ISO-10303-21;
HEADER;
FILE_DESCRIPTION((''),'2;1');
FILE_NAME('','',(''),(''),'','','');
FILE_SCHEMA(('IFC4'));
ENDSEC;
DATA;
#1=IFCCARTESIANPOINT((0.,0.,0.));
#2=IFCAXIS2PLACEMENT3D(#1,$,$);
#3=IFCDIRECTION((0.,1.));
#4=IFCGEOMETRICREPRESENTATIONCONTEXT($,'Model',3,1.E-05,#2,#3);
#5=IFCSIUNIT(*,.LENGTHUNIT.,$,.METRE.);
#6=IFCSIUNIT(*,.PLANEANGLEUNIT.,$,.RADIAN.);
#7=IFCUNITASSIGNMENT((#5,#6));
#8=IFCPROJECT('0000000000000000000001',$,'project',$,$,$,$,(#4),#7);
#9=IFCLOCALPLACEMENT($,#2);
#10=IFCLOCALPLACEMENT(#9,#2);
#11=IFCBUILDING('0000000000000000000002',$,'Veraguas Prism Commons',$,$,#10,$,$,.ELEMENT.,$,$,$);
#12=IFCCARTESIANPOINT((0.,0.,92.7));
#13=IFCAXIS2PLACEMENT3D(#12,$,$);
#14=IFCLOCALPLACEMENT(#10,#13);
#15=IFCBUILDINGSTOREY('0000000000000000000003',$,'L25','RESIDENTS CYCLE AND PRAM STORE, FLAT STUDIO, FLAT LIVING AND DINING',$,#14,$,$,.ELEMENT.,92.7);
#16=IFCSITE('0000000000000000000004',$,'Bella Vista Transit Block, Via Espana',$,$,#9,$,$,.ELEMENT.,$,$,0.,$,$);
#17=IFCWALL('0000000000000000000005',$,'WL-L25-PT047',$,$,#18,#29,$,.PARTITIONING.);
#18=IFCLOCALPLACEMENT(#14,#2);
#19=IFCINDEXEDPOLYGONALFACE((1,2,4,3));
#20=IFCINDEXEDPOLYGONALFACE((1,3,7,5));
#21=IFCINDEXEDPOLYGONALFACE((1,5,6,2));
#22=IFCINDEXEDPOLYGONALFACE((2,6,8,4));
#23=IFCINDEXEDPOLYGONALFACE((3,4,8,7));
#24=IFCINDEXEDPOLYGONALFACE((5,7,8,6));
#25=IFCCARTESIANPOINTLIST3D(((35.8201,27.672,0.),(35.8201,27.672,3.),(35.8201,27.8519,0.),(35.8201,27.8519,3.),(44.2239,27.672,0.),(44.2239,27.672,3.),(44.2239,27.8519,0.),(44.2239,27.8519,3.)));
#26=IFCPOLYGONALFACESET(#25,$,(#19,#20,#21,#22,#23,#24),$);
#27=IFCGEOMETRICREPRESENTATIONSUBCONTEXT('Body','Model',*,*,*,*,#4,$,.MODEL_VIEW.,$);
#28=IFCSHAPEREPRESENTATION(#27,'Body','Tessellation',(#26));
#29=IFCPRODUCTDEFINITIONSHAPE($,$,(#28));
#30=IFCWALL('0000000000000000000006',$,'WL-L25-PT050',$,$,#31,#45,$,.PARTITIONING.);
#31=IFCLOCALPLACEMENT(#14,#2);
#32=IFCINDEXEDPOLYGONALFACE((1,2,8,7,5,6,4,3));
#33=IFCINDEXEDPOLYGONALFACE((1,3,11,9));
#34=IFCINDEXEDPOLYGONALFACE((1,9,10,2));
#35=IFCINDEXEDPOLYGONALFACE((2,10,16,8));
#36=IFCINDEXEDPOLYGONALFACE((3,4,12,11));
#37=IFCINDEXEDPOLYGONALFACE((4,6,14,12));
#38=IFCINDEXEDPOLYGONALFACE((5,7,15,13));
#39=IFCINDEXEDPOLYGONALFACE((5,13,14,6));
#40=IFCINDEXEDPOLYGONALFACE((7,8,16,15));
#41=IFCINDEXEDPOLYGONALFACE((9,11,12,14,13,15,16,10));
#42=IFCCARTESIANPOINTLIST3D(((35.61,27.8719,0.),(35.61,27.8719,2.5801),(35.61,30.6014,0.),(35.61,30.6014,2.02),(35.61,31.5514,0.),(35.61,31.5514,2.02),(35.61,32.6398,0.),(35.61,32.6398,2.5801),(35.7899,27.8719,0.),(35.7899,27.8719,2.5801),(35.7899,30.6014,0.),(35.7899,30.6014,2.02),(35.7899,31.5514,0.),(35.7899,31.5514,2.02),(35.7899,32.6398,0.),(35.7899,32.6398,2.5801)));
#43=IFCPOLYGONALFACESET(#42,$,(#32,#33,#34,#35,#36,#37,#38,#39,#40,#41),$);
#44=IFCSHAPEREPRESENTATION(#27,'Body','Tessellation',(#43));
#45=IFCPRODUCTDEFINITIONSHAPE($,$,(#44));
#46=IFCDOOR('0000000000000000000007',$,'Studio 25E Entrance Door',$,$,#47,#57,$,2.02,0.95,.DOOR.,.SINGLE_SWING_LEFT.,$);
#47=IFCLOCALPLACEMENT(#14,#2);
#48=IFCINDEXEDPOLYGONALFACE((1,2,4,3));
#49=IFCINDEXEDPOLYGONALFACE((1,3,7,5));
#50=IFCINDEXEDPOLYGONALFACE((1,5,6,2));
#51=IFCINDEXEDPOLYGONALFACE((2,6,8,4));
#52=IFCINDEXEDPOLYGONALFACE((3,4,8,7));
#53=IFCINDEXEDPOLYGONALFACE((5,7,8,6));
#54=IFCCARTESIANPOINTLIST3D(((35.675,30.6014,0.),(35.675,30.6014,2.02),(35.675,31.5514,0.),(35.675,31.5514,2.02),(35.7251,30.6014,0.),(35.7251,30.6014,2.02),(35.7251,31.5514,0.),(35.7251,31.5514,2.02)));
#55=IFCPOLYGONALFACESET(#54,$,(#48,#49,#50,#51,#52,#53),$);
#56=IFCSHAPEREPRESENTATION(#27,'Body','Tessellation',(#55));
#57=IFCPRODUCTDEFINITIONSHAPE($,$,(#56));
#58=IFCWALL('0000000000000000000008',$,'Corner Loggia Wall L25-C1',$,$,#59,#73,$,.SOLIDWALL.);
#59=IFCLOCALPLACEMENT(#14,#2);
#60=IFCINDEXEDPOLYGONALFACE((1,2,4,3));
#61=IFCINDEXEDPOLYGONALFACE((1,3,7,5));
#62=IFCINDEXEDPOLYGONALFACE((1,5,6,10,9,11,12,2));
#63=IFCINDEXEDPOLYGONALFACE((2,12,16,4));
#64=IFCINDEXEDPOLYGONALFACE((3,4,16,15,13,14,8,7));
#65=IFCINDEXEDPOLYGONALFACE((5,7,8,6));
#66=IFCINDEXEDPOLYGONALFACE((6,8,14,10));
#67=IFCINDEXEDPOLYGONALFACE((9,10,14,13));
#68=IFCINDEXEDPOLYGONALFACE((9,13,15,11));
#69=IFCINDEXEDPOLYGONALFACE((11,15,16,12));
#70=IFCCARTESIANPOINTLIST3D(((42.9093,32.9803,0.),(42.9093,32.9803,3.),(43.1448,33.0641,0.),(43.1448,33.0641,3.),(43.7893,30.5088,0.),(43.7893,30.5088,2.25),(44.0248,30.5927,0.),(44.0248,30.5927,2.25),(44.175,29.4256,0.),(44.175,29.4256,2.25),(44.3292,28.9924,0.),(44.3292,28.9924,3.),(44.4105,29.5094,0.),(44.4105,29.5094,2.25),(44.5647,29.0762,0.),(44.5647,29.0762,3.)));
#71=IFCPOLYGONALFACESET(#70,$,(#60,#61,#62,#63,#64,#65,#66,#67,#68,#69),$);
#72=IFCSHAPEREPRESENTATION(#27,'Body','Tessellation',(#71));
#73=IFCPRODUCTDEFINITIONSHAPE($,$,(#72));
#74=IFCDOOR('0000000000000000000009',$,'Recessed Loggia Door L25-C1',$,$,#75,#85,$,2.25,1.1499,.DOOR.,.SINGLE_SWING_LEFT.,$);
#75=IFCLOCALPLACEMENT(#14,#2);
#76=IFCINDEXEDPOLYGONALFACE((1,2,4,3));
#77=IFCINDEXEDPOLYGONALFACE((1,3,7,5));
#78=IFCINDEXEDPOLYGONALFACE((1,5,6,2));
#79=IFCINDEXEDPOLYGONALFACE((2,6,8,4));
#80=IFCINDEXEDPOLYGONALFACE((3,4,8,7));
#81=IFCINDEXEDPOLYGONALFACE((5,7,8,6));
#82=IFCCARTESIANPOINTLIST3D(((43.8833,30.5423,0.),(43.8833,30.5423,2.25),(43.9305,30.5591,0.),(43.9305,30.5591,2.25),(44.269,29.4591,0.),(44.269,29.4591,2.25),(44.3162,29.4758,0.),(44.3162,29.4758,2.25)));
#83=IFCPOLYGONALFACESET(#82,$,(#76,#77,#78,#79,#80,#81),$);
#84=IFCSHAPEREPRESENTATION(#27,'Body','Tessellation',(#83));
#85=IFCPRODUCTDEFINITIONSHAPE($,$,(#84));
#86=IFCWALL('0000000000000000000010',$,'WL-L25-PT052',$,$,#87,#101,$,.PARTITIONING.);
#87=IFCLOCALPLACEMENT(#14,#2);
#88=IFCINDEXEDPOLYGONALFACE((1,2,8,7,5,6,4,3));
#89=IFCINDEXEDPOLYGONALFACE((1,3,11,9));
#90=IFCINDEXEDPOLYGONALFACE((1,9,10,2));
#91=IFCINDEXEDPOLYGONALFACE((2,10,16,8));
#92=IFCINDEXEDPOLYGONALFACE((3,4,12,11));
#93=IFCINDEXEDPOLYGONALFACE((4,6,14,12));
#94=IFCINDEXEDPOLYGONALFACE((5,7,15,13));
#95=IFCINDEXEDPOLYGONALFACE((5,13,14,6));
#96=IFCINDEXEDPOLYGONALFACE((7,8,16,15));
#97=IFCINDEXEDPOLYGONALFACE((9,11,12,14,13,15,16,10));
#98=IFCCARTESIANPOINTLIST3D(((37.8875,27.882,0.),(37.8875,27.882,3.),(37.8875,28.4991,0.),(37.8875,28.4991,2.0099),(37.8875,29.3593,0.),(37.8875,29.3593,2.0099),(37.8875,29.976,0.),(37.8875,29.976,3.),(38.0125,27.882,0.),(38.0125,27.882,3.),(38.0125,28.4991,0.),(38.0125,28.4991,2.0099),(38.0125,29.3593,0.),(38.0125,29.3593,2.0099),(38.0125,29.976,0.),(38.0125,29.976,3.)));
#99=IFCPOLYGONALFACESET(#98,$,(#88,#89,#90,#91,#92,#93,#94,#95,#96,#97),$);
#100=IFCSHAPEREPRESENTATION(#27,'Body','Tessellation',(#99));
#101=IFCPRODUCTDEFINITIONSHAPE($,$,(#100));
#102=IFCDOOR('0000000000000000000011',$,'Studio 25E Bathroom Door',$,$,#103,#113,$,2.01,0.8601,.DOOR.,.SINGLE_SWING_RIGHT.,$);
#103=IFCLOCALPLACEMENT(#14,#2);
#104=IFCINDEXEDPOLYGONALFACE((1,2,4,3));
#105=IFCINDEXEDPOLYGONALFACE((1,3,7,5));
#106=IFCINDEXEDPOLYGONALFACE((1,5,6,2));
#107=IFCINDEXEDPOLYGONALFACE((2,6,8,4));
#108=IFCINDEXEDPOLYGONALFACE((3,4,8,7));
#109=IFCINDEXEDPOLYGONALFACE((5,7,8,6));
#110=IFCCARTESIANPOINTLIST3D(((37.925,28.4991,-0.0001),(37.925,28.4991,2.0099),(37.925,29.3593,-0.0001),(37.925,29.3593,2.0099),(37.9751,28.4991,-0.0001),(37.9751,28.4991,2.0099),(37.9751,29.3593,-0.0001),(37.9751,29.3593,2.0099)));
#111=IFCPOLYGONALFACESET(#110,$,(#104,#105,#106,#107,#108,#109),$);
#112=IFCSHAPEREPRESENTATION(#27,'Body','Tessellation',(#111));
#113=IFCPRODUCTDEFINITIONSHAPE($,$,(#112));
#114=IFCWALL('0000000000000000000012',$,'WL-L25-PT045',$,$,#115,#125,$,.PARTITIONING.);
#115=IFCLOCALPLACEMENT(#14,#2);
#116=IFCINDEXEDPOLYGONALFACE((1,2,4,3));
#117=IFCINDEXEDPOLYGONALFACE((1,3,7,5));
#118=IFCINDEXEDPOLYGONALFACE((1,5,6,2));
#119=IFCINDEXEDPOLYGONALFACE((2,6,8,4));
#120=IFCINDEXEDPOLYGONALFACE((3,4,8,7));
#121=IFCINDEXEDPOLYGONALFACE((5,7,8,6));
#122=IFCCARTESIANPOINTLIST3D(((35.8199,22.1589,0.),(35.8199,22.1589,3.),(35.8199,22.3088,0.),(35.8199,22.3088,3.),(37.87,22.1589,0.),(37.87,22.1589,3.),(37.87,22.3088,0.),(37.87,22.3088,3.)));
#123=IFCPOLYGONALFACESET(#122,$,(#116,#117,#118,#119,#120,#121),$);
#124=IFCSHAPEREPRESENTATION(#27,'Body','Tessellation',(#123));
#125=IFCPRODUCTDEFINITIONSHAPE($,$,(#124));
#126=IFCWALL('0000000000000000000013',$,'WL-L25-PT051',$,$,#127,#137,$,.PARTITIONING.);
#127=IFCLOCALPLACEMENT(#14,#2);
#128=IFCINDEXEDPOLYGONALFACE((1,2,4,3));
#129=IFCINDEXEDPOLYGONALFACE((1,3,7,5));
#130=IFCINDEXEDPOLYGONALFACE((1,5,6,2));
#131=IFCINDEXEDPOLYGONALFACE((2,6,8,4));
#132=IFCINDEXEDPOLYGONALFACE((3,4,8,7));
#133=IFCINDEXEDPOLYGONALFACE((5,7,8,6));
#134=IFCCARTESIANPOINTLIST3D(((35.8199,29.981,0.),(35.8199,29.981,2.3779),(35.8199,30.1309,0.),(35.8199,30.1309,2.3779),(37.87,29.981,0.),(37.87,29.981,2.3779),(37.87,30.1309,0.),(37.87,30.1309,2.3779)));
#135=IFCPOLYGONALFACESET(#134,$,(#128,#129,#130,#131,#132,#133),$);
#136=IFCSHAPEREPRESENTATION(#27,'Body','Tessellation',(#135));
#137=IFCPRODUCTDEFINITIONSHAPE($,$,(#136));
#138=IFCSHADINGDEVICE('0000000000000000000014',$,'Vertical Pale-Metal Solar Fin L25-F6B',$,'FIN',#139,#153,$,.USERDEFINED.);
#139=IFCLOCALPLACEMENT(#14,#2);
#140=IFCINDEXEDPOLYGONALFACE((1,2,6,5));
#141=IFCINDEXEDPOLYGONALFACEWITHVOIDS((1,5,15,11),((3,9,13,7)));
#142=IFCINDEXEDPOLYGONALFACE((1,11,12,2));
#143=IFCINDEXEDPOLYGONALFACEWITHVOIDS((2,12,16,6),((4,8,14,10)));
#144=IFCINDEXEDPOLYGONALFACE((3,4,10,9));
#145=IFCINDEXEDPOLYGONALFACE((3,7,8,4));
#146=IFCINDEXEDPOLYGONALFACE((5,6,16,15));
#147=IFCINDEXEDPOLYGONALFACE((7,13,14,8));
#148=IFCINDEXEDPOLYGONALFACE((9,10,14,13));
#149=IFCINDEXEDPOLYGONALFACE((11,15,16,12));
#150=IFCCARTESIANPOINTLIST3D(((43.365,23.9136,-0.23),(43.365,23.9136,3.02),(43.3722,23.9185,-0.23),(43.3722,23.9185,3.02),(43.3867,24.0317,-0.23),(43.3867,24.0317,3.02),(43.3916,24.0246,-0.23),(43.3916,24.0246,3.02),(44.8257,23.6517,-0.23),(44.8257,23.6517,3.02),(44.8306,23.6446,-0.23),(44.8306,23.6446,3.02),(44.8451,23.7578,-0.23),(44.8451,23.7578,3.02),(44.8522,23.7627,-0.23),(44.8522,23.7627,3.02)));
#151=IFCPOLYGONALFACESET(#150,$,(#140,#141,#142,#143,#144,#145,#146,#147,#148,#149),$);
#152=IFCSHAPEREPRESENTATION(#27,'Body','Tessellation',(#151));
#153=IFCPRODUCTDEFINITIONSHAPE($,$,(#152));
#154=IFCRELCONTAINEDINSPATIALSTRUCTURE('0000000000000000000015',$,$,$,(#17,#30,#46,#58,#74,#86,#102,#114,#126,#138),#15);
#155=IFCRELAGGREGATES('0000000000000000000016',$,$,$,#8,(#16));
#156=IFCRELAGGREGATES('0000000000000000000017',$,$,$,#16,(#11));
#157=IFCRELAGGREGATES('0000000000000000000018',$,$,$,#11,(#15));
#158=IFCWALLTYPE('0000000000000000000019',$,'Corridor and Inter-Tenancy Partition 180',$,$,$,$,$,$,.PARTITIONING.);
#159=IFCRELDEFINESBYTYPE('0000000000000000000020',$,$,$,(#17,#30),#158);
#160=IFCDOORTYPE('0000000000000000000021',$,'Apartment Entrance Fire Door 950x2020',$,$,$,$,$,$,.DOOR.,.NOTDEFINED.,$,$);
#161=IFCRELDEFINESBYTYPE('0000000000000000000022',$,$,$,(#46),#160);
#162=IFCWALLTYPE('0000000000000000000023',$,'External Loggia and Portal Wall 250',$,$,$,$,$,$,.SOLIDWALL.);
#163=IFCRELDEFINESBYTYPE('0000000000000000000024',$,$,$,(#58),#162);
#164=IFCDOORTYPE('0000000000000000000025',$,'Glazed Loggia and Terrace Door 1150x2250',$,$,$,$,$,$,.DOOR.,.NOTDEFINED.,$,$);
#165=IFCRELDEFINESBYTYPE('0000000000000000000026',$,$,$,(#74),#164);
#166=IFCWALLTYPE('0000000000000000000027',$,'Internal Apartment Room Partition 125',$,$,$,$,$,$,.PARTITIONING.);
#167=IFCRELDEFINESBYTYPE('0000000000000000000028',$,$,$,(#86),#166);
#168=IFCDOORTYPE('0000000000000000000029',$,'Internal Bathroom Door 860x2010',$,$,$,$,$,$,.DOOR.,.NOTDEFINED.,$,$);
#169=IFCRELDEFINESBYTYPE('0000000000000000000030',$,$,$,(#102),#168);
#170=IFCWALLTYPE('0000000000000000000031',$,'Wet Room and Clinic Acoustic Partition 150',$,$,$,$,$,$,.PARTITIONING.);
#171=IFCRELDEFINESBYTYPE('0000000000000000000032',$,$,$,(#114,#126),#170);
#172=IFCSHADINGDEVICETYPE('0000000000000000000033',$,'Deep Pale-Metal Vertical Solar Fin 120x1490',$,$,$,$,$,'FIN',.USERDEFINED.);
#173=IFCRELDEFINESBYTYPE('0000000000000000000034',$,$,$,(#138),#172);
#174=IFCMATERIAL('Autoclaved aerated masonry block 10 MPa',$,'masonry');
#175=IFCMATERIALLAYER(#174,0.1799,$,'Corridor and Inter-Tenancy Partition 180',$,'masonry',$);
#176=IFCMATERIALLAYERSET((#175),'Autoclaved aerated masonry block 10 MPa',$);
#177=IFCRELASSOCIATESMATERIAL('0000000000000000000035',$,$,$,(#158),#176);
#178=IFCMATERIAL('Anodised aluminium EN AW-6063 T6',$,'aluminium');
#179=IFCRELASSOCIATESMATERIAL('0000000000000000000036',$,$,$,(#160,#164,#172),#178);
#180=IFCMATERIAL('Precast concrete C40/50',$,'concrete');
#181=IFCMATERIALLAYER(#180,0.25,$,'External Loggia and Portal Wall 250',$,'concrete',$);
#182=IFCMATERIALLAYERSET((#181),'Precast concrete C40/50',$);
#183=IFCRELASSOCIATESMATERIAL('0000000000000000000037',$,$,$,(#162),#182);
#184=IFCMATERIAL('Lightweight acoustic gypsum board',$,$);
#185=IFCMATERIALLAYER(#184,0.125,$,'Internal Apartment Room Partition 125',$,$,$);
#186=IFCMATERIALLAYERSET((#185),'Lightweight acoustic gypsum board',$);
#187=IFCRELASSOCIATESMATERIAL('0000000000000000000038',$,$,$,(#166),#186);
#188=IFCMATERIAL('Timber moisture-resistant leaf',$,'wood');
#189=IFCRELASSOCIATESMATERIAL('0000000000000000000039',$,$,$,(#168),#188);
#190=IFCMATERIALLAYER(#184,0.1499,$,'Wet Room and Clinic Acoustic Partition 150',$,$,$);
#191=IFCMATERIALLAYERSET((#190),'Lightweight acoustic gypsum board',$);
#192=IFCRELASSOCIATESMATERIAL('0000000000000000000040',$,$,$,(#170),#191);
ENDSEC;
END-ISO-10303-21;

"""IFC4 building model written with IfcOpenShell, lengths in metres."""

from ifc_helpers import new_model, si_unit, direction, frame, frame_2d, origin, origin_2d, place, context, subcontext, project, spatial, rectangle, hollow_rectangle, extrude, source, transform, mapped, material, layer, layer_set, material_profile, profile_set, type_object, element, fill, save


model = new_model("IFC4")

# Units and contexts
model_context = context("Model", 3, precision=1e-05, world=origin(), true_north=direction((0.0, 1.0)))
body_context = subcontext(model_context, "Body", "Model", "MODEL_VIEW")
ifc_project = project(units=[si_unit("LENGTHUNIT", "METRE"), si_unit("PLANEANGLEUNIT", "RADIAN")], contexts=[model_context])

# Site, building, storey
site_placement = place(None, origin())
site = spatial("IfcSite", under=ifc_project, at=site_placement, Name="Bella Vista Transit Block, Via Espana", CompositionType="ELEMENT", RefElevation=0.0)
building_placement = place(site_placement, origin())
building = spatial("IfcBuilding", under=site, at=building_placement, Name="Veraguas Prism Commons", CompositionType="ELEMENT")
storey_placement = place(building_placement, frame((0.0, 0.0, 92.7)))
storey = spatial("IfcBuildingStorey", under=building, at=storey_placement, Name="L25", Description="RESIDENTS CYCLE AND PRAM STORE, FLAT STUDIO, FLAT LIVING AND DINING", CompositionType="ELEMENT", Elevation=92.7)

# Shared definitions
ifc_material_1 = material(Name="Anodised aluminium EN AW-6063 T6", Category="aluminium")

# Wall
ifc_material_2 = material(Name="Autoclaved aerated masonry block 10 MPa", Category="masonry")
ifc_layer_1 = layer(ifc_material_2, 0.1799, Name="Corridor and Inter-Tenancy Partition 180", Category="masonry")
ifc_layer_set_1 = layer_set([ifc_layer_1], Name="Autoclaved aerated masonry block 10 MPa")
wall_type_1 = type_object("IfcWallType", Name="Corridor and Inter-Tenancy Partition 180", PredefinedType="PARTITIONING", material=ifc_layer_set_1)
wall_1_placement = place(storey_placement, frame((35.8201, 27.762, 0.0), z_axis=(0.0, 0.0, 1.0), x_axis=(1.0, 0.0, 0.0)))
element("IfcWall", 1, at=wall_1_placement, inside=storey, type_object=wall_type_1, Name="WL-L25-PT047", PredefinedType="PARTITIONING", context=body_context, shape_type="SweptSolid", body=[
    extrude(rectangle(XDim=8.4038, YDim=0.1799, at=frame_2d((4.2019, 0.0))), origin(), (0.0, 0.0, 1.0), 3.0),
])

# Walls, openings, doors
wall_2_placement = place(storey_placement, frame((35.7, 27.8721, 0.0), z_axis=(0.0, 0.0, 1.0), x_axis=(0.0, 1.0, 0.0)))
wall_2 = element("IfcWall", 2, at=wall_2_placement, inside=storey, type_object=wall_type_1, Name="WL-L25-PT050", PredefinedType="PARTITIONING", context=body_context, shape_type="SweptSolid", body=[
    extrude(rectangle(XDim=4.7678, YDim=0.1799, at=frame_2d((2.3838, 0.0))), origin(), (0.0, 0.0, 1.0), 2.5801),
])
opening_1_placement = place(wall_2_placement, frame((2.7292, 0.0, 0.0)))
opening_1 = element("IfcOpeningElement", 3, at=opening_1_placement, cuts=wall_2, PredefinedType="OPENING", context=body_context, shape_type="SweptSolid", body=[
    extrude(rectangle(XDim=0.95, YDim=2.02, at=frame_2d((0.4751, 1.01))), frame((0.0, 0.0999, 0.0), z_axis=(0.0, -1.0, 0.0), x_axis=(1.0, 0.0, 0.0)), (0.0, 0.0, 1.0), 0.2),
])
door_type_1 = type_object("IfcDoorType", Name="Apartment Entrance Fire Door 950x2020", OperationType="NOTDEFINED", PredefinedType="DOOR", material=ifc_material_1)
shared_shape_1 = source(origin(), body_context, "Body", "SweptSolid", [
    extrude(rectangle(XDim=0.95, YDim=2.02, at=frame_2d((0.4751, 1.01))), frame((0.0, 0.0249, 0.0), z_axis=(0.0, -1.0, 0.0), x_axis=(1.0, 0.0, 0.0)), (0.0, 0.0, 1.0), 0.05),
])
door_1_placement = place(opening_1_placement, origin())
door_1 = element("IfcDoor", 4, at=door_1_placement, inside=storey, type_object=door_type_1, Name="Studio 25E Entrance Door", OperationType="SINGLE_SWING_LEFT", OverallHeight=2.02, OverallWidth=0.95, PredefinedType="DOOR", context=body_context, shape_type="MappedRepresentation", body=[
    mapped(shared_shape_1, transform((0.0, 0.0, 0.0), scale=1.0)),
])
fill(opening_1, door_1)
ifc_material_3 = material(Name="Precast concrete C40/50", Category="concrete")
ifc_layer_2 = layer(ifc_material_3, 0.25, Name="External Loggia and Portal Wall 250", Category="concrete")
ifc_layer_set_2 = layer_set([ifc_layer_2], Name="Precast concrete C40/50")
wall_type_2 = type_object("IfcWallType", Name="External Loggia and Portal Wall 250", PredefinedType="SOLIDWALL", material=ifc_layer_set_2)
wall_3_placement = place(storey_placement, frame((44.447, 29.0342, 0.0), z_axis=(0.0, 0.0, 1.0), x_axis=(-0.335437, 0.942062, 0.0)))
wall_3 = element("IfcWall", 5, at=wall_3_placement, inside=storey, type_object=wall_type_2, Name="Corner Loggia Wall L25-C1", PredefinedType="SOLIDWALL", context=body_context, shape_type="SweptSolid", body=[
    extrude(rectangle(XDim=4.2332, YDim=0.25, at=frame_2d((2.1167, 0.0))), origin(), (0.0, 0.0, 1.0), 3.0),
])
opening_2_placement = place(wall_3_placement, frame((0.46, 0.0, 0.0)))
opening_2 = element("IfcOpeningElement", 6, at=opening_2_placement, cuts=wall_3, PredefinedType="OPENING", context=body_context, shape_type="SweptSolid", body=[
    extrude(rectangle(XDim=1.1499, YDim=2.25, at=frame_2d((0.575, 1.125))), frame((0.0, 0.135, 0.0), z_axis=(0.0, -1.0, 0.0), x_axis=(1.0, 0.0, 0.0)), (0.0, 0.0, 1.0), 0.27),
])
door_type_2 = type_object("IfcDoorType", Name="Glazed Loggia and Terrace Door 1150x2250", OperationType="NOTDEFINED", PredefinedType="DOOR", material=ifc_material_1)
shared_shape_2 = source(origin(), body_context, "Body", "SweptSolid", [
    extrude(rectangle(XDim=1.1499, YDim=2.25, at=frame_2d((0.575, 1.125))), frame((0.0, 0.0249, 0.0), z_axis=(0.0, -1.0, 0.0), x_axis=(1.0, 0.0, 0.0)), (0.0, 0.0, 1.0), 0.05),
])
door_2_placement = place(opening_2_placement, frame((1.1499, 0.0, 0.0), z_axis=(0.0, 0.0, 1.0), x_axis=(-1.0, 0.0, 0.0)))
door_2 = element("IfcDoor", 7, at=door_2_placement, inside=storey, type_object=door_type_2, Name="Recessed Loggia Door L25-C1", OperationType="SINGLE_SWING_LEFT", OverallHeight=2.25, OverallWidth=1.1499, PredefinedType="DOOR", context=body_context, shape_type="MappedRepresentation", body=[
    mapped(shared_shape_2, transform((0.0, 0.0, 0.0), scale=1.0)),
])
fill(opening_2, door_2)
ifc_material_4 = material(Name="Lightweight acoustic gypsum board")
ifc_layer_3 = layer(ifc_material_4, 0.125, Name="Internal Apartment Room Partition 125")
ifc_layer_set_3 = layer_set([ifc_layer_3], Name="Lightweight acoustic gypsum board")
wall_type_3 = type_object("IfcWallType", Name="Internal Apartment Room Partition 125", PredefinedType="PARTITIONING", material=ifc_layer_set_3)
wall_4_placement = place(storey_placement, frame((37.95, 27.8821, 0.0), z_axis=(0.0, 0.0, 1.0), x_axis=(0.0, 1.0, 0.0)))
wall_4 = element("IfcWall", 8, at=wall_4_placement, inside=storey, type_object=wall_type_3, Name="WL-L25-PT052", PredefinedType="PARTITIONING", context=body_context, shape_type="SweptSolid", body=[
    extrude(rectangle(XDim=2.094, YDim=0.125, at=frame_2d((1.0469, 0.0))), origin(), (0.0, 0.0, 1.0), 3.0),
])
opening_3_placement = place(wall_4_placement, frame((0.6169, 0.0, 0.0)))
opening_3 = element("IfcOpeningElement", 9, at=opening_3_placement, cuts=wall_4, PredefinedType="OPENING", context=body_context, shape_type="SweptSolid", body=[
    extrude(rectangle(XDim=0.8601, YDim=2.01, at=frame_2d((0.4302, 1.0049))), frame((0.0, 0.0725, 0.0), z_axis=(0.0, -1.0, 0.0), x_axis=(1.0, 0.0, 0.0)), (0.0, 0.0, 1.0), 0.145),
])
ifc_material_5 = material(Name="Timber moisture-resistant leaf", Category="wood")
door_type_3 = type_object("IfcDoorType", Name="Internal Bathroom Door 860x2010", OperationType="NOTDEFINED", PredefinedType="DOOR", material=ifc_material_5)
shared_shape_3 = source(origin(), body_context, "Body", "SweptSolid", [
    extrude(rectangle(XDim=0.8601, YDim=2.01, at=frame_2d((0.4302, 1.0049))), frame((0.0, 0.0249, 0.0), z_axis=(0.0, -1.0, 0.0), x_axis=(1.0, 0.0, 0.0)), (0.0, 0.0, 1.0), 0.05),
])
door_3_placement = place(opening_3_placement, origin())
door_3 = element("IfcDoor", 10, at=door_3_placement, inside=storey, type_object=door_type_3, Name="Studio 25E Bathroom Door", OperationType="SINGLE_SWING_RIGHT", OverallHeight=2.01, OverallWidth=0.8601, PredefinedType="DOOR", context=body_context, shape_type="MappedRepresentation", body=[
    mapped(shared_shape_3, transform((0.0, 0.0, 0.0), scale=1.0)),
])
fill(opening_3, door_3)

# Walls
ifc_layer_4 = layer(ifc_material_4, 0.1499, Name="Wet Room and Clinic Acoustic Partition 150")
ifc_layer_set_4 = layer_set([ifc_layer_4], Name="Lightweight acoustic gypsum board")
wall_type_4 = type_object("IfcWallType", Name="Wet Room and Clinic Acoustic Partition 150", PredefinedType="PARTITIONING", material=ifc_layer_set_4)
wall_5_placement = place(storey_placement, frame((35.8201, 22.2339, 0.0), z_axis=(0.0, 0.0, 1.0), x_axis=(1.0, 0.0, 0.0)))
element("IfcWall", 11, at=wall_5_placement, inside=storey, type_object=wall_type_4, Name="WL-L25-PT045", PredefinedType="PARTITIONING", context=body_context, shape_type="SweptSolid", body=[
    extrude(rectangle(XDim=2.05, YDim=0.1499, at=frame_2d((1.0249, 0.0))), origin(), (0.0, 0.0, 1.0), 3.0),
])
wall_6_placement = place(storey_placement, frame((35.8201, 30.0559, 0.0), z_axis=(0.0, 0.0, 1.0), x_axis=(1.0, 0.0, 0.0)))
element("IfcWall", 12, at=wall_6_placement, inside=storey, type_object=wall_type_4, Name="WL-L25-PT051", PredefinedType="PARTITIONING", context=body_context, shape_type="SweptSolid", body=[
    extrude(rectangle(XDim=2.05, YDim=0.1499, at=frame_2d((1.0249, 0.0))), origin(), (0.0, 0.0, 1.0), 2.3779),
])

# Shading device
ifc_material_profile_1 = material_profile(ifc_material_1, hollow_rectangle(XDim=0.1201, YDim=1.49, WallThickness=0.0061, at=origin_2d()), Name="FIN120X1490X6")
ifc_profile_set_1 = profile_set([ifc_material_profile_1], Name="Anodised aluminium EN AW-6063 T6")
shading_device_type = type_object("IfcShadingDeviceType", Name="Deep Pale-Metal Vertical Solar Fin 120x1490", ElementType="FIN", PredefinedType="USERDEFINED", material=ifc_profile_set_1)
shading_device_placement = place(storey_placement, frame((44.1086, 23.8381, -0.23), z_axis=(0.0, 0.0, 1.0), x_axis=(0.180521, 0.983571, 0.0)))
element("IfcShadingDevice", 13, at=shading_device_placement, inside=storey, type_object=shading_device_type, Name="Vertical Pale-Metal Solar Fin L25-F6B", ObjectType="FIN", PredefinedType="USERDEFINED", context=body_context, shape_type="SweptSolid", body=[
    extrude(hollow_rectangle(XDim=0.1201, YDim=1.49, WallThickness=0.0061, at=origin_2d()), origin(), (0.0, 0.0, 1.0), 3.25),
])

save(model, "model.ifc")
